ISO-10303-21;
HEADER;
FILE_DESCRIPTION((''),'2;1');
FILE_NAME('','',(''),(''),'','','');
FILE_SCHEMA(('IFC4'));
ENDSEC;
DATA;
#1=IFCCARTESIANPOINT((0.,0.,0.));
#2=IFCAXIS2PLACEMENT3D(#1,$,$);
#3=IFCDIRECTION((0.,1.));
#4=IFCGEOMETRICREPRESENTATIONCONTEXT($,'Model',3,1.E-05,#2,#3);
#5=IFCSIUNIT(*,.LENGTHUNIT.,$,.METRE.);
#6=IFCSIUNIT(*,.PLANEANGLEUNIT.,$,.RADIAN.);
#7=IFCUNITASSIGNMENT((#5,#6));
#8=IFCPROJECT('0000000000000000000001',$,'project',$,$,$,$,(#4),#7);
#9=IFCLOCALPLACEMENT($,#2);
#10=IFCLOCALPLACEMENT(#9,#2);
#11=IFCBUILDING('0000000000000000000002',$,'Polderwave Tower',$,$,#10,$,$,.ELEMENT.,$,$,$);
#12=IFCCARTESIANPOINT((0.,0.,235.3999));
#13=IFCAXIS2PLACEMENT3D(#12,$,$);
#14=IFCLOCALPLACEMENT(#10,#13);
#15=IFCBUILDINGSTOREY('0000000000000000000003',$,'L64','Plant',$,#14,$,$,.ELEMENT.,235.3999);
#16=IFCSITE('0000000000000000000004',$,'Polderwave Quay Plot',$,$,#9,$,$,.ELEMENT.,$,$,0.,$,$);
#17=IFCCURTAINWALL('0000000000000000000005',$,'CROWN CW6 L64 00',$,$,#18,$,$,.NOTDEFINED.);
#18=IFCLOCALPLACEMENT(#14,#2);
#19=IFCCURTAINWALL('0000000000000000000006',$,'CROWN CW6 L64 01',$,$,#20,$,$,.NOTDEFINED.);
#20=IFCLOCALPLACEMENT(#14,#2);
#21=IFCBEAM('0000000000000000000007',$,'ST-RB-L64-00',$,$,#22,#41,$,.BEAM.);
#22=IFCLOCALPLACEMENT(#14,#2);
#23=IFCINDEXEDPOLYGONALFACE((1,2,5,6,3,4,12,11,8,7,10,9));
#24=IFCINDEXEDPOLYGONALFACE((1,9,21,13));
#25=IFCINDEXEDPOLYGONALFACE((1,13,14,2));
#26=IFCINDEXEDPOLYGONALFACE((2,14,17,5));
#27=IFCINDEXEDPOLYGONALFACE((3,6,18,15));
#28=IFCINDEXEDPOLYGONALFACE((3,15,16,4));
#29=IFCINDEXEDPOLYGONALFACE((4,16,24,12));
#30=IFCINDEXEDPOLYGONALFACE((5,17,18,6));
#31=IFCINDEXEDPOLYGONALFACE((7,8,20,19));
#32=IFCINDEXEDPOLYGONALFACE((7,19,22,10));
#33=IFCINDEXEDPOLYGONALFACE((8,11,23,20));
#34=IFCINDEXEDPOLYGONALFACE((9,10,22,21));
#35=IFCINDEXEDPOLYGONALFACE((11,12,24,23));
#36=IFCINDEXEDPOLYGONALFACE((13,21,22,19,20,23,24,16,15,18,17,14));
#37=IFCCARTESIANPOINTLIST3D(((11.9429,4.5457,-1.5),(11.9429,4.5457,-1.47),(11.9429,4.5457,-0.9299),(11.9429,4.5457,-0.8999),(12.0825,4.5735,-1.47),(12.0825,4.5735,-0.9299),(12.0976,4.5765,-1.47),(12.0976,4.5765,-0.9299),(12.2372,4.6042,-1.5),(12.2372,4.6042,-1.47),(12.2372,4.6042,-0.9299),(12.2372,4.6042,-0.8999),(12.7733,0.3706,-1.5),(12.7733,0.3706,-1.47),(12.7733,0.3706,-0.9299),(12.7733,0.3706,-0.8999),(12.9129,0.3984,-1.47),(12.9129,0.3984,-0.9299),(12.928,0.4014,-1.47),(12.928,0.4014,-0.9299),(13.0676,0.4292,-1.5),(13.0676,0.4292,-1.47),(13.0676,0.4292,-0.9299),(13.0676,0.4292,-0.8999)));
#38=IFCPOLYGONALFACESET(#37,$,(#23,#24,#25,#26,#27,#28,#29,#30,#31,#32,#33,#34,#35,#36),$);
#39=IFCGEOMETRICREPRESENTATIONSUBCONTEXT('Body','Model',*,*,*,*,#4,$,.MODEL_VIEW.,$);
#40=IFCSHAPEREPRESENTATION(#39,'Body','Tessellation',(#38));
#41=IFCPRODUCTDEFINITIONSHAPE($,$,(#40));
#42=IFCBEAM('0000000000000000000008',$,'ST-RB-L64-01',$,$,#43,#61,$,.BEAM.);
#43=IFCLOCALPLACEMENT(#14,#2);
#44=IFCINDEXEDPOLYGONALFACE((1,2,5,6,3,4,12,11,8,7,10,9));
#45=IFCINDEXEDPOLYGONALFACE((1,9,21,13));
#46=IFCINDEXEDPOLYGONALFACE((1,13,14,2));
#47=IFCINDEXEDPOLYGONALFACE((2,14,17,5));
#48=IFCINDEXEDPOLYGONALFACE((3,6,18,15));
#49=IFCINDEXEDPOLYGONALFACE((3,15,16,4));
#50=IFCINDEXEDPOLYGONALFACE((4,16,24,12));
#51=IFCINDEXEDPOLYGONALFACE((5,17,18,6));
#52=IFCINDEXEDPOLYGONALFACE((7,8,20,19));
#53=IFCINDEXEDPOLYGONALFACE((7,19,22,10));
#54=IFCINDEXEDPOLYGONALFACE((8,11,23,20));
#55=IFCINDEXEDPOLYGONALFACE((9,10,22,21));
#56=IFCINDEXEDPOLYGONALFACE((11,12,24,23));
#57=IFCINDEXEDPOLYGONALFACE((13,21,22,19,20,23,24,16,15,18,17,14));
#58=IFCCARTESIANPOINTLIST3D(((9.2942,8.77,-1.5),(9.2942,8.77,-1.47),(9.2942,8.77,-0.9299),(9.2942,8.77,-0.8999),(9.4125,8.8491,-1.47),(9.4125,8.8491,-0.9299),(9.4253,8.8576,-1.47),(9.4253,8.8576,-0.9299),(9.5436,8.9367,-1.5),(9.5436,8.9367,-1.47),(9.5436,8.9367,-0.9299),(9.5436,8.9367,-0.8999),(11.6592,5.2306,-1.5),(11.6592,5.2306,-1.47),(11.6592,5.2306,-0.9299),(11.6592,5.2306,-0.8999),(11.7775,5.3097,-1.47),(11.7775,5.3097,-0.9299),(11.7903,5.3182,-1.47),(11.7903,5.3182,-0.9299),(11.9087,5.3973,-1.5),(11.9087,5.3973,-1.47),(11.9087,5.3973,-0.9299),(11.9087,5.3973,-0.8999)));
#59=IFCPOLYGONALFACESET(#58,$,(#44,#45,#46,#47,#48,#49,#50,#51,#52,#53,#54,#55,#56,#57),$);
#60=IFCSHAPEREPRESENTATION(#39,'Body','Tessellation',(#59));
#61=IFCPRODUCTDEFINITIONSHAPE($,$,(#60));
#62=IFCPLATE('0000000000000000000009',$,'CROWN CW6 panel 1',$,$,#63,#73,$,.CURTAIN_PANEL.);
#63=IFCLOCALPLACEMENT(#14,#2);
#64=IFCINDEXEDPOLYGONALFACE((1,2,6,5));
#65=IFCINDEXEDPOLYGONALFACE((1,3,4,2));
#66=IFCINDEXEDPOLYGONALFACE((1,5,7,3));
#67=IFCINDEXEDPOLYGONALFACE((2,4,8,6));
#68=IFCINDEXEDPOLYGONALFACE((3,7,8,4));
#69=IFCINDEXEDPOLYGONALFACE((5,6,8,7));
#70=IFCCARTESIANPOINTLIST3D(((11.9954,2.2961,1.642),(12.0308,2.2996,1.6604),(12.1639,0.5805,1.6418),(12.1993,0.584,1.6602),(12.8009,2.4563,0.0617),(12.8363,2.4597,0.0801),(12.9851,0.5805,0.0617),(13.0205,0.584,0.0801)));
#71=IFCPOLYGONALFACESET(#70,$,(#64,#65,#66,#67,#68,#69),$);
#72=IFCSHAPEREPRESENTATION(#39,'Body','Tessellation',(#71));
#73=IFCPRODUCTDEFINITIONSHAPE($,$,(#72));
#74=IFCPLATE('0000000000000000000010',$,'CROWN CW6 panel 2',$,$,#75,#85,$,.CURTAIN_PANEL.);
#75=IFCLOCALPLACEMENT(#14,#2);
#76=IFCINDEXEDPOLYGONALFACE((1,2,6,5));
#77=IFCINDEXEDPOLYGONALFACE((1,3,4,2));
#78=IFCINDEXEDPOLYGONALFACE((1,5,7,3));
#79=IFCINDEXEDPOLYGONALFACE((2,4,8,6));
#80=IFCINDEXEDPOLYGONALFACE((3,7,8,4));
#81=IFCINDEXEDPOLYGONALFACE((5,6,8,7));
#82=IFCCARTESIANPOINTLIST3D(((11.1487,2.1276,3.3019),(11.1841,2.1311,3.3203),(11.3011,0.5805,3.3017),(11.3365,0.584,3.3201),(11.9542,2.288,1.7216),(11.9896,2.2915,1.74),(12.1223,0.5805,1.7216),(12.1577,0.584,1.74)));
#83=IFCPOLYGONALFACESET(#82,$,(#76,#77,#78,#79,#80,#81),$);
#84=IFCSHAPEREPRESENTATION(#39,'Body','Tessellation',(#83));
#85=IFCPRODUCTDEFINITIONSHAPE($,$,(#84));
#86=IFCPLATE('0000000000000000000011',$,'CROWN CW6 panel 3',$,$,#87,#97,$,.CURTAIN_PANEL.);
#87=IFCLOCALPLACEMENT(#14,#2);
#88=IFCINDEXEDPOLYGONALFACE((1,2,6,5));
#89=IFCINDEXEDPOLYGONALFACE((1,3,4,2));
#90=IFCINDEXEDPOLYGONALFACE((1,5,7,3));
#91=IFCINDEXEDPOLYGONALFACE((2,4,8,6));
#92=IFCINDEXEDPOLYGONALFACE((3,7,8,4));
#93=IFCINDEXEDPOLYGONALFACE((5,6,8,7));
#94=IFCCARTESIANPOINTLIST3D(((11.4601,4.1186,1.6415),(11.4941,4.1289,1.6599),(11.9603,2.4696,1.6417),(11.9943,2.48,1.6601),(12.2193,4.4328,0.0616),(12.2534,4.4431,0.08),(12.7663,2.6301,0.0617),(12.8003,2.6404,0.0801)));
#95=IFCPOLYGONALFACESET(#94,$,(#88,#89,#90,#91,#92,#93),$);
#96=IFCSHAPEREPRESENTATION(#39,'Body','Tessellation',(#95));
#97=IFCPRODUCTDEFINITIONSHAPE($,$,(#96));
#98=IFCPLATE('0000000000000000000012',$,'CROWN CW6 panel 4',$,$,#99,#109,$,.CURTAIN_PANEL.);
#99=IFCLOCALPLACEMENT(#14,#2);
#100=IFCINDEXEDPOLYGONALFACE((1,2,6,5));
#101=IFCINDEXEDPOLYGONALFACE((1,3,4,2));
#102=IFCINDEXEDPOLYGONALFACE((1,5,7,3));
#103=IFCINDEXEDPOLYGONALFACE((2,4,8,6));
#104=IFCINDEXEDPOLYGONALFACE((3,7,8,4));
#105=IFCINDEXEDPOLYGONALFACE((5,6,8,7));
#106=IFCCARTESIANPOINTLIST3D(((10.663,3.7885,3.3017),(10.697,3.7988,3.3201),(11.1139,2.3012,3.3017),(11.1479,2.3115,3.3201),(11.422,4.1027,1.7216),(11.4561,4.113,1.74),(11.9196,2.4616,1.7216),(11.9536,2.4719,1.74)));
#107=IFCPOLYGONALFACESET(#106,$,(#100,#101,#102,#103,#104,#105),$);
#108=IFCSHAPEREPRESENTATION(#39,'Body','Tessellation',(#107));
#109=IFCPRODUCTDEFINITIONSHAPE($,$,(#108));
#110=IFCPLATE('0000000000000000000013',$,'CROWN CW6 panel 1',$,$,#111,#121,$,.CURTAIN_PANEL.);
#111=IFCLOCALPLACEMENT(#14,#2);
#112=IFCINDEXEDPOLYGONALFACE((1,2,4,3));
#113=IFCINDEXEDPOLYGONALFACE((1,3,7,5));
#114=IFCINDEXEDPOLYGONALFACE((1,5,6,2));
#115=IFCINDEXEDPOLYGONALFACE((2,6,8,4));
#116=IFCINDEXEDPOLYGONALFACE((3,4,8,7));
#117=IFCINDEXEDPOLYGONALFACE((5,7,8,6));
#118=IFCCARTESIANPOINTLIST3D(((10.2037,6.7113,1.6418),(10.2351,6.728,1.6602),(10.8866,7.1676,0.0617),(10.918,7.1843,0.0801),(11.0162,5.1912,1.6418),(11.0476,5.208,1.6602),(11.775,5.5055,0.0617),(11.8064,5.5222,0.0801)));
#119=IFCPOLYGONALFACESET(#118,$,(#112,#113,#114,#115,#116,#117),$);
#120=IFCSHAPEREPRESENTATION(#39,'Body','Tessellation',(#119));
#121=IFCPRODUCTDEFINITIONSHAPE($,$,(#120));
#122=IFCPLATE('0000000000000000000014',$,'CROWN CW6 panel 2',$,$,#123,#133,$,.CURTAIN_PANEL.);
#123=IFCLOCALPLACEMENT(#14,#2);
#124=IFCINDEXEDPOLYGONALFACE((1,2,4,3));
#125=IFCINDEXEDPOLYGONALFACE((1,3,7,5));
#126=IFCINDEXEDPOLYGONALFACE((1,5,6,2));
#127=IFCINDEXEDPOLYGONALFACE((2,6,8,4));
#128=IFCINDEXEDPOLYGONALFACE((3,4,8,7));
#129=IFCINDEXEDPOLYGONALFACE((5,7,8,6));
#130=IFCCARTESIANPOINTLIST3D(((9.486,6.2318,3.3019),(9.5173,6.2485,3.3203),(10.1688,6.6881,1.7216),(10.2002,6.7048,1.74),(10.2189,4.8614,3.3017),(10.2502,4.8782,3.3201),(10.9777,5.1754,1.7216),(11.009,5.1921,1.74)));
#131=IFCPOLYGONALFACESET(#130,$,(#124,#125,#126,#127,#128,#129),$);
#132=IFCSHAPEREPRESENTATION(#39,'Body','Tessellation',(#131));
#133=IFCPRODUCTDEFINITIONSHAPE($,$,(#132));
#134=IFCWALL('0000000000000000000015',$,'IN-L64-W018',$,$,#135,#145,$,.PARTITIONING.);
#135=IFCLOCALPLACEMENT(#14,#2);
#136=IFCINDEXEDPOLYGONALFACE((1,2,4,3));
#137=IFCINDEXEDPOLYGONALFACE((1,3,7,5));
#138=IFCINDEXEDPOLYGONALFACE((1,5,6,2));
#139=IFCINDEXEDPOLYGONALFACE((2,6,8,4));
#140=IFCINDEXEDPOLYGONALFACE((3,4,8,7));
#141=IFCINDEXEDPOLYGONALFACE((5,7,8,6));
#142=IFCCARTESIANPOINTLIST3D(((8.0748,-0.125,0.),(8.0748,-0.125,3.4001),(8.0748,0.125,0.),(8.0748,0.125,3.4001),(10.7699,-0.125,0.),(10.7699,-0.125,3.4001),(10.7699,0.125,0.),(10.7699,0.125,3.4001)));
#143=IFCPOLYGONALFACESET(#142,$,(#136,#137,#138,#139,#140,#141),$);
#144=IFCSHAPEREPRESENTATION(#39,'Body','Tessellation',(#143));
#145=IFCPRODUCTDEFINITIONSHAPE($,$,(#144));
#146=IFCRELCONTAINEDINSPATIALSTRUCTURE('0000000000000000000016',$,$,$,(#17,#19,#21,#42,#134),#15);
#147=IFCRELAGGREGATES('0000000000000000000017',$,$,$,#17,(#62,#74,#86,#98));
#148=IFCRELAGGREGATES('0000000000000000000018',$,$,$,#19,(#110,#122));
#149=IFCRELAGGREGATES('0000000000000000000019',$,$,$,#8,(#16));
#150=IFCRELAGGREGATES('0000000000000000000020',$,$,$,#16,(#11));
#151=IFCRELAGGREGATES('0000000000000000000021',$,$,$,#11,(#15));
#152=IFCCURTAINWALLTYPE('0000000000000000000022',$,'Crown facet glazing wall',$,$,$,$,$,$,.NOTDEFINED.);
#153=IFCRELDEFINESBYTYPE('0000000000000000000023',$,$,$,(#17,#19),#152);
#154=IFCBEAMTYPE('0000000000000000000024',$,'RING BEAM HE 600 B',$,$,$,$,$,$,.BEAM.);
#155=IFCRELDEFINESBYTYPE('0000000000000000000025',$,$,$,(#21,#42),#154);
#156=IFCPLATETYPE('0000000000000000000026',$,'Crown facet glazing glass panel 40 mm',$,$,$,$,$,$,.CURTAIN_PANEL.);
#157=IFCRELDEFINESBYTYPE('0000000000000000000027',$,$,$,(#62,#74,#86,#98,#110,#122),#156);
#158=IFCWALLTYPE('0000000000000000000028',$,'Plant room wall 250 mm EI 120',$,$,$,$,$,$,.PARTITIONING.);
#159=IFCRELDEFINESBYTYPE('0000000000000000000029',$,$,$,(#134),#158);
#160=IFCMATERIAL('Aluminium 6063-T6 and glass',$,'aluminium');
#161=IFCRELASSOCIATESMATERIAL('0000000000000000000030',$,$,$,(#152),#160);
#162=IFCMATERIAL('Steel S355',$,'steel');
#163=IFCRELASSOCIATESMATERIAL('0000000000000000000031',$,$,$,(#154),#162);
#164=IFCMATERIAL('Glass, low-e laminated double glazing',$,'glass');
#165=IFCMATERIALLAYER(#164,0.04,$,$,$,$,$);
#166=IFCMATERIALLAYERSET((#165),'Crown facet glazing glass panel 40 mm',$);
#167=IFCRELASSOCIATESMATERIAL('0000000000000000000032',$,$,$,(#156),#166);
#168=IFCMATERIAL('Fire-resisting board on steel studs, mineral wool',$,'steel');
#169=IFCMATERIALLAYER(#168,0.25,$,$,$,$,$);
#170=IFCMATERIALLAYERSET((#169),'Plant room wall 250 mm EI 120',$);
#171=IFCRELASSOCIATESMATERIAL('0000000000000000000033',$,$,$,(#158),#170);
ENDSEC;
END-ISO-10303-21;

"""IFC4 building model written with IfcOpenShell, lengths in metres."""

from ifc_helpers import new_model, si_unit, direction, frame, frame_2d, origin, origin_2d, place, context, subcontext, project, spatial, polyline, rectangle, i_section, outline, extrude, material, layer, layer_set, material_profile, profile_set, type_object, element, aggregate, save


model = new_model("IFC4")

# Units and contexts
model_context = context("Model", 3, precision=1e-05, world=origin(), true_north=direction((0.0, 1.0)))
body_context = subcontext(model_context, "Body", "Model", "MODEL_VIEW")
ifc_project = project(units=[si_unit("LENGTHUNIT", "METRE"), si_unit("PLANEANGLEUNIT", "RADIAN")], contexts=[model_context])

# Site, building, storey
site_placement = place(None, origin())
site = spatial("IfcSite", under=ifc_project, at=site_placement, Name="Polderwave Quay Plot", CompositionType="ELEMENT", RefElevation=0.0)
building_placement = place(site_placement, origin())
building = spatial("IfcBuilding", under=site, at=building_placement, Name="Polderwave Tower", CompositionType="ELEMENT")
storey_placement = place(building_placement, frame((0.0, 0.0, 235.3999)))
storey = spatial("IfcBuildingStorey", under=building, at=storey_placement, Name="L64", Description="Plant", CompositionType="ELEMENT", Elevation=235.3999)

# Curtain wall
ifc_material_1 = material(Name="Aluminium 6063-T6 and glass", Category="aluminium")
curtain_wall_type = type_object("IfcCurtainWallType", Name="Crown facet glazing wall", PredefinedType="NOTDEFINED", material=ifc_material_1)
curtain_wall_1_placement = place(storey_placement, origin())
curtain_wall_1 = element("IfcCurtainWall", 1, at=curtain_wall_1_placement, inside=storey, type_object=curtain_wall_type, Name="CROWN CW6 L64 00", PredefinedType="NOTDEFINED")

# Curtain wall
curtain_wall_2_placement = place(storey_placement, origin())
curtain_wall_2 = element("IfcCurtainWall", 2, at=curtain_wall_2_placement, inside=storey, type_object=curtain_wall_type, Name="CROWN CW6 L64 01", PredefinedType="NOTDEFINED")

# Beams
ifc_material_2 = material(Name="Steel S355", Category="steel")
ifc_material_profile_1 = material_profile(ifc_material_2, i_section(OverallWidth=0.3, OverallDepth=0.6001, WebThickness=0.0154, FlangeThickness=0.03, at=origin_2d()), Name="HE 600 B")
ifc_profile_set_1 = profile_set([ifc_material_profile_1], Name="Steel S355")
beam_type = type_object("IfcBeamType", Name="RING BEAM HE 600 B", PredefinedType="BEAM", material=ifc_profile_set_1)
for number, where, z_axis, x_axis, name in (
    (3, (12.9204, 0.3999, -1.2), (-0.195057, 0.980792, 0.0), (-0.980792, -0.195057, 0.0), "ST-RB-L64-00"),
    (4, (11.7839, 5.314, -1.2), (-0.555587, 0.831459, 0.0), (-0.831459, -0.555587, 0.0), "ST-RB-L64-01"),
):
    element("IfcBeam", number, at=place(storey_placement, frame(where, z_axis=z_axis, x_axis=x_axis)), inside=storey, type_object=beam_type, Name=name, PredefinedType="BEAM", context=body_context, shape_type="SweptSolid", body=[
        extrude(i_section(OverallWidth=0.3, OverallDepth=0.6001, WebThickness=0.0154, FlangeThickness=0.03, at=origin_2d()), origin(), (0.0, 0.0, 1.0), 4.2568),
    ])

# Plates
ifc_material_3 = material(Name="Glass, low-e laminated double glazing", Category="glass")
ifc_layer_1 = layer(ifc_material_3, 0.04)
ifc_layer_set_1 = layer_set([ifc_layer_1], Name="Crown facet glazing glass panel 40 mm")
plate_type = type_object("IfcPlateType", Name="Crown facet glazing glass panel 40 mm", PredefinedType="CURTAIN_PANEL", material=ifc_layer_set_1)
plate_1_placement = place(storey_placement, frame((13.0205, 0.584, 0.0801), z_axis=(0.883979, 0.086804, 0.459397), x_axis=(-0.097742, 0.995212, 0.000029)))
plate_1 = element("IfcPlate", 5, at=plate_1_placement, type_object=plate_type, Name="CROWN CW6 panel 1", PredefinedType="CURTAIN_PANEL", context=body_context, shape_type="SweptSolid", body=[
    extrude(outline(polyline([(0.0, 0.0), (1.8848, 0.0), (1.8041, 1.7791), (0.0803, 1.779), (0.0, 0.0)])), origin(), (0.0, 0.0, -1.0), 0.04),
])
plate_2_placement = place(storey_placement, frame((12.1577, 0.584, 1.74), z_axis=(0.883954, 0.087028, 0.459403), x_axis=(-0.097992, 0.995187, 0.000024)))
plate_2 = element("IfcPlate", 6, at=plate_2_placement, type_object=plate_type, Name="CROWN CW6 panel 2", PredefinedType="CURTAIN_PANEL", context=body_context, shape_type="SweptSolid", body=[
    extrude(outline(polyline([(0.0, 0.0), (1.7158, 0.0), (1.6351, 1.7791), (0.0805, 1.779), (0.0, 0.0)])), origin(), (0.0, 0.0, -1.0), 0.04),
])
plate_3_placement = place(storey_placement, frame((12.8003, 2.6404, 0.0801), z_axis=(0.849834, 0.257844, 0.459672), x_axis=(-0.290327, 0.956927, -0.000017)))
plate_3 = element("IfcPlate", 7, at=plate_3_placement, type_object=plate_type, Name="CROWN CW6 panel 3", PredefinedType="CURTAIN_PANEL", context=body_context, shape_type="SweptSolid", body=[
    extrude(outline(polyline([(0.0, 0.0), (1.8839, 0.0), (1.8036, 1.7789), (0.0805, 1.7792), (0.0, 0.0)])), origin(), (0.0, 0.0, -1.0), 0.04),
])
plate_4_placement = place(storey_placement, frame((11.9536, 2.4719, 1.74), z_axis=(0.849951, 0.257692, 0.45954), x_axis=(-0.290142, 0.956984, 0.0)))
plate_4 = element("IfcPlate", 8, at=plate_4_placement, type_object=plate_type, Name="CROWN CW6 panel 4", PredefinedType="CURTAIN_PANEL", context=body_context, shape_type="SweptSolid", body=[
    extrude(outline(polyline([(0.0, 0.0), (1.7149, 0.0), (1.6344, 1.7791), (0.0803, 1.7791), (0.0, 0.0)])), origin(), (0.0, 0.0, -1.0), 0.04),
])
aggregate(curtain_wall_1, [plate_1, plate_2, plate_3, plate_4])
plate_5_placement = place(storey_placement, frame((11.8064, 5.5222, 0.0801), z_axis=(0.783326, 0.418707, 0.459439), x_axis=(-0.471405, 0.881917, -0.000002)))
plate_5 = element("IfcPlate", 9, at=plate_5_placement, type_object=plate_type, Name="CROWN CW6 panel 1", PredefinedType="CURTAIN_PANEL", context=body_context, shape_type="SweptSolid", body=[
    extrude(outline(polyline([(0.0, 0.0), (1.8847, 0.0), (1.8041, 1.779), (0.0806, 1.7789), (0.0, 0.0)])), origin(), (0.0, 0.0, -1.0), 0.04),
])
plate_6_placement = place(storey_placement, frame((11.009, 5.1921, 1.74), z_axis=(0.78329, 0.418834, 0.459386), x_axis=(-0.471533, 0.881849, -0.000004)))
plate_6 = element("IfcPlate", 10, at=plate_6_placement, type_object=plate_type, Name="CROWN CW6 panel 2", PredefinedType="CURTAIN_PANEL", context=body_context, shape_type="SweptSolid", body=[
    extrude(outline(polyline([(0.0, 0.0), (1.7154, 0.0), (1.635, 1.7792), (0.0809, 1.7789), (0.0, 0.0)])), origin(), (0.0, 0.0, -1.0), 0.04),
])
aggregate(curtain_wall_2, [plate_5, plate_6])

# Wall
ifc_material_4 = material(Name="Fire-resisting board on steel studs, mineral wool", Category="steel")
ifc_layer_2 = layer(ifc_material_4, 0.25)
ifc_layer_set_2 = layer_set([ifc_layer_2], Name="Plant room wall 250 mm EI 120")
wall_type = type_object("IfcWallType", Name="Plant room wall 250 mm EI 120", PredefinedType="PARTITIONING", material=ifc_layer_set_2)
wall_placement = place(storey_placement, frame((10.77, 0.0, 0.0), z_axis=(0.0, 0.0, 1.0), x_axis=(-1.0, 0.0, 0.0)))
element("IfcWall", 11, at=wall_placement, inside=storey, type_object=wall_type, Name="IN-L64-W018", PredefinedType="PARTITIONING", context=body_context, shape_type="SweptSolid", body=[
    extrude(rectangle(XDim=2.6951, YDim=0.25, at=frame_2d((1.3477, 0.0))), origin(), (0.0, 0.0, 1.0), 3.4001),
])

save(model, "model.ifc")
